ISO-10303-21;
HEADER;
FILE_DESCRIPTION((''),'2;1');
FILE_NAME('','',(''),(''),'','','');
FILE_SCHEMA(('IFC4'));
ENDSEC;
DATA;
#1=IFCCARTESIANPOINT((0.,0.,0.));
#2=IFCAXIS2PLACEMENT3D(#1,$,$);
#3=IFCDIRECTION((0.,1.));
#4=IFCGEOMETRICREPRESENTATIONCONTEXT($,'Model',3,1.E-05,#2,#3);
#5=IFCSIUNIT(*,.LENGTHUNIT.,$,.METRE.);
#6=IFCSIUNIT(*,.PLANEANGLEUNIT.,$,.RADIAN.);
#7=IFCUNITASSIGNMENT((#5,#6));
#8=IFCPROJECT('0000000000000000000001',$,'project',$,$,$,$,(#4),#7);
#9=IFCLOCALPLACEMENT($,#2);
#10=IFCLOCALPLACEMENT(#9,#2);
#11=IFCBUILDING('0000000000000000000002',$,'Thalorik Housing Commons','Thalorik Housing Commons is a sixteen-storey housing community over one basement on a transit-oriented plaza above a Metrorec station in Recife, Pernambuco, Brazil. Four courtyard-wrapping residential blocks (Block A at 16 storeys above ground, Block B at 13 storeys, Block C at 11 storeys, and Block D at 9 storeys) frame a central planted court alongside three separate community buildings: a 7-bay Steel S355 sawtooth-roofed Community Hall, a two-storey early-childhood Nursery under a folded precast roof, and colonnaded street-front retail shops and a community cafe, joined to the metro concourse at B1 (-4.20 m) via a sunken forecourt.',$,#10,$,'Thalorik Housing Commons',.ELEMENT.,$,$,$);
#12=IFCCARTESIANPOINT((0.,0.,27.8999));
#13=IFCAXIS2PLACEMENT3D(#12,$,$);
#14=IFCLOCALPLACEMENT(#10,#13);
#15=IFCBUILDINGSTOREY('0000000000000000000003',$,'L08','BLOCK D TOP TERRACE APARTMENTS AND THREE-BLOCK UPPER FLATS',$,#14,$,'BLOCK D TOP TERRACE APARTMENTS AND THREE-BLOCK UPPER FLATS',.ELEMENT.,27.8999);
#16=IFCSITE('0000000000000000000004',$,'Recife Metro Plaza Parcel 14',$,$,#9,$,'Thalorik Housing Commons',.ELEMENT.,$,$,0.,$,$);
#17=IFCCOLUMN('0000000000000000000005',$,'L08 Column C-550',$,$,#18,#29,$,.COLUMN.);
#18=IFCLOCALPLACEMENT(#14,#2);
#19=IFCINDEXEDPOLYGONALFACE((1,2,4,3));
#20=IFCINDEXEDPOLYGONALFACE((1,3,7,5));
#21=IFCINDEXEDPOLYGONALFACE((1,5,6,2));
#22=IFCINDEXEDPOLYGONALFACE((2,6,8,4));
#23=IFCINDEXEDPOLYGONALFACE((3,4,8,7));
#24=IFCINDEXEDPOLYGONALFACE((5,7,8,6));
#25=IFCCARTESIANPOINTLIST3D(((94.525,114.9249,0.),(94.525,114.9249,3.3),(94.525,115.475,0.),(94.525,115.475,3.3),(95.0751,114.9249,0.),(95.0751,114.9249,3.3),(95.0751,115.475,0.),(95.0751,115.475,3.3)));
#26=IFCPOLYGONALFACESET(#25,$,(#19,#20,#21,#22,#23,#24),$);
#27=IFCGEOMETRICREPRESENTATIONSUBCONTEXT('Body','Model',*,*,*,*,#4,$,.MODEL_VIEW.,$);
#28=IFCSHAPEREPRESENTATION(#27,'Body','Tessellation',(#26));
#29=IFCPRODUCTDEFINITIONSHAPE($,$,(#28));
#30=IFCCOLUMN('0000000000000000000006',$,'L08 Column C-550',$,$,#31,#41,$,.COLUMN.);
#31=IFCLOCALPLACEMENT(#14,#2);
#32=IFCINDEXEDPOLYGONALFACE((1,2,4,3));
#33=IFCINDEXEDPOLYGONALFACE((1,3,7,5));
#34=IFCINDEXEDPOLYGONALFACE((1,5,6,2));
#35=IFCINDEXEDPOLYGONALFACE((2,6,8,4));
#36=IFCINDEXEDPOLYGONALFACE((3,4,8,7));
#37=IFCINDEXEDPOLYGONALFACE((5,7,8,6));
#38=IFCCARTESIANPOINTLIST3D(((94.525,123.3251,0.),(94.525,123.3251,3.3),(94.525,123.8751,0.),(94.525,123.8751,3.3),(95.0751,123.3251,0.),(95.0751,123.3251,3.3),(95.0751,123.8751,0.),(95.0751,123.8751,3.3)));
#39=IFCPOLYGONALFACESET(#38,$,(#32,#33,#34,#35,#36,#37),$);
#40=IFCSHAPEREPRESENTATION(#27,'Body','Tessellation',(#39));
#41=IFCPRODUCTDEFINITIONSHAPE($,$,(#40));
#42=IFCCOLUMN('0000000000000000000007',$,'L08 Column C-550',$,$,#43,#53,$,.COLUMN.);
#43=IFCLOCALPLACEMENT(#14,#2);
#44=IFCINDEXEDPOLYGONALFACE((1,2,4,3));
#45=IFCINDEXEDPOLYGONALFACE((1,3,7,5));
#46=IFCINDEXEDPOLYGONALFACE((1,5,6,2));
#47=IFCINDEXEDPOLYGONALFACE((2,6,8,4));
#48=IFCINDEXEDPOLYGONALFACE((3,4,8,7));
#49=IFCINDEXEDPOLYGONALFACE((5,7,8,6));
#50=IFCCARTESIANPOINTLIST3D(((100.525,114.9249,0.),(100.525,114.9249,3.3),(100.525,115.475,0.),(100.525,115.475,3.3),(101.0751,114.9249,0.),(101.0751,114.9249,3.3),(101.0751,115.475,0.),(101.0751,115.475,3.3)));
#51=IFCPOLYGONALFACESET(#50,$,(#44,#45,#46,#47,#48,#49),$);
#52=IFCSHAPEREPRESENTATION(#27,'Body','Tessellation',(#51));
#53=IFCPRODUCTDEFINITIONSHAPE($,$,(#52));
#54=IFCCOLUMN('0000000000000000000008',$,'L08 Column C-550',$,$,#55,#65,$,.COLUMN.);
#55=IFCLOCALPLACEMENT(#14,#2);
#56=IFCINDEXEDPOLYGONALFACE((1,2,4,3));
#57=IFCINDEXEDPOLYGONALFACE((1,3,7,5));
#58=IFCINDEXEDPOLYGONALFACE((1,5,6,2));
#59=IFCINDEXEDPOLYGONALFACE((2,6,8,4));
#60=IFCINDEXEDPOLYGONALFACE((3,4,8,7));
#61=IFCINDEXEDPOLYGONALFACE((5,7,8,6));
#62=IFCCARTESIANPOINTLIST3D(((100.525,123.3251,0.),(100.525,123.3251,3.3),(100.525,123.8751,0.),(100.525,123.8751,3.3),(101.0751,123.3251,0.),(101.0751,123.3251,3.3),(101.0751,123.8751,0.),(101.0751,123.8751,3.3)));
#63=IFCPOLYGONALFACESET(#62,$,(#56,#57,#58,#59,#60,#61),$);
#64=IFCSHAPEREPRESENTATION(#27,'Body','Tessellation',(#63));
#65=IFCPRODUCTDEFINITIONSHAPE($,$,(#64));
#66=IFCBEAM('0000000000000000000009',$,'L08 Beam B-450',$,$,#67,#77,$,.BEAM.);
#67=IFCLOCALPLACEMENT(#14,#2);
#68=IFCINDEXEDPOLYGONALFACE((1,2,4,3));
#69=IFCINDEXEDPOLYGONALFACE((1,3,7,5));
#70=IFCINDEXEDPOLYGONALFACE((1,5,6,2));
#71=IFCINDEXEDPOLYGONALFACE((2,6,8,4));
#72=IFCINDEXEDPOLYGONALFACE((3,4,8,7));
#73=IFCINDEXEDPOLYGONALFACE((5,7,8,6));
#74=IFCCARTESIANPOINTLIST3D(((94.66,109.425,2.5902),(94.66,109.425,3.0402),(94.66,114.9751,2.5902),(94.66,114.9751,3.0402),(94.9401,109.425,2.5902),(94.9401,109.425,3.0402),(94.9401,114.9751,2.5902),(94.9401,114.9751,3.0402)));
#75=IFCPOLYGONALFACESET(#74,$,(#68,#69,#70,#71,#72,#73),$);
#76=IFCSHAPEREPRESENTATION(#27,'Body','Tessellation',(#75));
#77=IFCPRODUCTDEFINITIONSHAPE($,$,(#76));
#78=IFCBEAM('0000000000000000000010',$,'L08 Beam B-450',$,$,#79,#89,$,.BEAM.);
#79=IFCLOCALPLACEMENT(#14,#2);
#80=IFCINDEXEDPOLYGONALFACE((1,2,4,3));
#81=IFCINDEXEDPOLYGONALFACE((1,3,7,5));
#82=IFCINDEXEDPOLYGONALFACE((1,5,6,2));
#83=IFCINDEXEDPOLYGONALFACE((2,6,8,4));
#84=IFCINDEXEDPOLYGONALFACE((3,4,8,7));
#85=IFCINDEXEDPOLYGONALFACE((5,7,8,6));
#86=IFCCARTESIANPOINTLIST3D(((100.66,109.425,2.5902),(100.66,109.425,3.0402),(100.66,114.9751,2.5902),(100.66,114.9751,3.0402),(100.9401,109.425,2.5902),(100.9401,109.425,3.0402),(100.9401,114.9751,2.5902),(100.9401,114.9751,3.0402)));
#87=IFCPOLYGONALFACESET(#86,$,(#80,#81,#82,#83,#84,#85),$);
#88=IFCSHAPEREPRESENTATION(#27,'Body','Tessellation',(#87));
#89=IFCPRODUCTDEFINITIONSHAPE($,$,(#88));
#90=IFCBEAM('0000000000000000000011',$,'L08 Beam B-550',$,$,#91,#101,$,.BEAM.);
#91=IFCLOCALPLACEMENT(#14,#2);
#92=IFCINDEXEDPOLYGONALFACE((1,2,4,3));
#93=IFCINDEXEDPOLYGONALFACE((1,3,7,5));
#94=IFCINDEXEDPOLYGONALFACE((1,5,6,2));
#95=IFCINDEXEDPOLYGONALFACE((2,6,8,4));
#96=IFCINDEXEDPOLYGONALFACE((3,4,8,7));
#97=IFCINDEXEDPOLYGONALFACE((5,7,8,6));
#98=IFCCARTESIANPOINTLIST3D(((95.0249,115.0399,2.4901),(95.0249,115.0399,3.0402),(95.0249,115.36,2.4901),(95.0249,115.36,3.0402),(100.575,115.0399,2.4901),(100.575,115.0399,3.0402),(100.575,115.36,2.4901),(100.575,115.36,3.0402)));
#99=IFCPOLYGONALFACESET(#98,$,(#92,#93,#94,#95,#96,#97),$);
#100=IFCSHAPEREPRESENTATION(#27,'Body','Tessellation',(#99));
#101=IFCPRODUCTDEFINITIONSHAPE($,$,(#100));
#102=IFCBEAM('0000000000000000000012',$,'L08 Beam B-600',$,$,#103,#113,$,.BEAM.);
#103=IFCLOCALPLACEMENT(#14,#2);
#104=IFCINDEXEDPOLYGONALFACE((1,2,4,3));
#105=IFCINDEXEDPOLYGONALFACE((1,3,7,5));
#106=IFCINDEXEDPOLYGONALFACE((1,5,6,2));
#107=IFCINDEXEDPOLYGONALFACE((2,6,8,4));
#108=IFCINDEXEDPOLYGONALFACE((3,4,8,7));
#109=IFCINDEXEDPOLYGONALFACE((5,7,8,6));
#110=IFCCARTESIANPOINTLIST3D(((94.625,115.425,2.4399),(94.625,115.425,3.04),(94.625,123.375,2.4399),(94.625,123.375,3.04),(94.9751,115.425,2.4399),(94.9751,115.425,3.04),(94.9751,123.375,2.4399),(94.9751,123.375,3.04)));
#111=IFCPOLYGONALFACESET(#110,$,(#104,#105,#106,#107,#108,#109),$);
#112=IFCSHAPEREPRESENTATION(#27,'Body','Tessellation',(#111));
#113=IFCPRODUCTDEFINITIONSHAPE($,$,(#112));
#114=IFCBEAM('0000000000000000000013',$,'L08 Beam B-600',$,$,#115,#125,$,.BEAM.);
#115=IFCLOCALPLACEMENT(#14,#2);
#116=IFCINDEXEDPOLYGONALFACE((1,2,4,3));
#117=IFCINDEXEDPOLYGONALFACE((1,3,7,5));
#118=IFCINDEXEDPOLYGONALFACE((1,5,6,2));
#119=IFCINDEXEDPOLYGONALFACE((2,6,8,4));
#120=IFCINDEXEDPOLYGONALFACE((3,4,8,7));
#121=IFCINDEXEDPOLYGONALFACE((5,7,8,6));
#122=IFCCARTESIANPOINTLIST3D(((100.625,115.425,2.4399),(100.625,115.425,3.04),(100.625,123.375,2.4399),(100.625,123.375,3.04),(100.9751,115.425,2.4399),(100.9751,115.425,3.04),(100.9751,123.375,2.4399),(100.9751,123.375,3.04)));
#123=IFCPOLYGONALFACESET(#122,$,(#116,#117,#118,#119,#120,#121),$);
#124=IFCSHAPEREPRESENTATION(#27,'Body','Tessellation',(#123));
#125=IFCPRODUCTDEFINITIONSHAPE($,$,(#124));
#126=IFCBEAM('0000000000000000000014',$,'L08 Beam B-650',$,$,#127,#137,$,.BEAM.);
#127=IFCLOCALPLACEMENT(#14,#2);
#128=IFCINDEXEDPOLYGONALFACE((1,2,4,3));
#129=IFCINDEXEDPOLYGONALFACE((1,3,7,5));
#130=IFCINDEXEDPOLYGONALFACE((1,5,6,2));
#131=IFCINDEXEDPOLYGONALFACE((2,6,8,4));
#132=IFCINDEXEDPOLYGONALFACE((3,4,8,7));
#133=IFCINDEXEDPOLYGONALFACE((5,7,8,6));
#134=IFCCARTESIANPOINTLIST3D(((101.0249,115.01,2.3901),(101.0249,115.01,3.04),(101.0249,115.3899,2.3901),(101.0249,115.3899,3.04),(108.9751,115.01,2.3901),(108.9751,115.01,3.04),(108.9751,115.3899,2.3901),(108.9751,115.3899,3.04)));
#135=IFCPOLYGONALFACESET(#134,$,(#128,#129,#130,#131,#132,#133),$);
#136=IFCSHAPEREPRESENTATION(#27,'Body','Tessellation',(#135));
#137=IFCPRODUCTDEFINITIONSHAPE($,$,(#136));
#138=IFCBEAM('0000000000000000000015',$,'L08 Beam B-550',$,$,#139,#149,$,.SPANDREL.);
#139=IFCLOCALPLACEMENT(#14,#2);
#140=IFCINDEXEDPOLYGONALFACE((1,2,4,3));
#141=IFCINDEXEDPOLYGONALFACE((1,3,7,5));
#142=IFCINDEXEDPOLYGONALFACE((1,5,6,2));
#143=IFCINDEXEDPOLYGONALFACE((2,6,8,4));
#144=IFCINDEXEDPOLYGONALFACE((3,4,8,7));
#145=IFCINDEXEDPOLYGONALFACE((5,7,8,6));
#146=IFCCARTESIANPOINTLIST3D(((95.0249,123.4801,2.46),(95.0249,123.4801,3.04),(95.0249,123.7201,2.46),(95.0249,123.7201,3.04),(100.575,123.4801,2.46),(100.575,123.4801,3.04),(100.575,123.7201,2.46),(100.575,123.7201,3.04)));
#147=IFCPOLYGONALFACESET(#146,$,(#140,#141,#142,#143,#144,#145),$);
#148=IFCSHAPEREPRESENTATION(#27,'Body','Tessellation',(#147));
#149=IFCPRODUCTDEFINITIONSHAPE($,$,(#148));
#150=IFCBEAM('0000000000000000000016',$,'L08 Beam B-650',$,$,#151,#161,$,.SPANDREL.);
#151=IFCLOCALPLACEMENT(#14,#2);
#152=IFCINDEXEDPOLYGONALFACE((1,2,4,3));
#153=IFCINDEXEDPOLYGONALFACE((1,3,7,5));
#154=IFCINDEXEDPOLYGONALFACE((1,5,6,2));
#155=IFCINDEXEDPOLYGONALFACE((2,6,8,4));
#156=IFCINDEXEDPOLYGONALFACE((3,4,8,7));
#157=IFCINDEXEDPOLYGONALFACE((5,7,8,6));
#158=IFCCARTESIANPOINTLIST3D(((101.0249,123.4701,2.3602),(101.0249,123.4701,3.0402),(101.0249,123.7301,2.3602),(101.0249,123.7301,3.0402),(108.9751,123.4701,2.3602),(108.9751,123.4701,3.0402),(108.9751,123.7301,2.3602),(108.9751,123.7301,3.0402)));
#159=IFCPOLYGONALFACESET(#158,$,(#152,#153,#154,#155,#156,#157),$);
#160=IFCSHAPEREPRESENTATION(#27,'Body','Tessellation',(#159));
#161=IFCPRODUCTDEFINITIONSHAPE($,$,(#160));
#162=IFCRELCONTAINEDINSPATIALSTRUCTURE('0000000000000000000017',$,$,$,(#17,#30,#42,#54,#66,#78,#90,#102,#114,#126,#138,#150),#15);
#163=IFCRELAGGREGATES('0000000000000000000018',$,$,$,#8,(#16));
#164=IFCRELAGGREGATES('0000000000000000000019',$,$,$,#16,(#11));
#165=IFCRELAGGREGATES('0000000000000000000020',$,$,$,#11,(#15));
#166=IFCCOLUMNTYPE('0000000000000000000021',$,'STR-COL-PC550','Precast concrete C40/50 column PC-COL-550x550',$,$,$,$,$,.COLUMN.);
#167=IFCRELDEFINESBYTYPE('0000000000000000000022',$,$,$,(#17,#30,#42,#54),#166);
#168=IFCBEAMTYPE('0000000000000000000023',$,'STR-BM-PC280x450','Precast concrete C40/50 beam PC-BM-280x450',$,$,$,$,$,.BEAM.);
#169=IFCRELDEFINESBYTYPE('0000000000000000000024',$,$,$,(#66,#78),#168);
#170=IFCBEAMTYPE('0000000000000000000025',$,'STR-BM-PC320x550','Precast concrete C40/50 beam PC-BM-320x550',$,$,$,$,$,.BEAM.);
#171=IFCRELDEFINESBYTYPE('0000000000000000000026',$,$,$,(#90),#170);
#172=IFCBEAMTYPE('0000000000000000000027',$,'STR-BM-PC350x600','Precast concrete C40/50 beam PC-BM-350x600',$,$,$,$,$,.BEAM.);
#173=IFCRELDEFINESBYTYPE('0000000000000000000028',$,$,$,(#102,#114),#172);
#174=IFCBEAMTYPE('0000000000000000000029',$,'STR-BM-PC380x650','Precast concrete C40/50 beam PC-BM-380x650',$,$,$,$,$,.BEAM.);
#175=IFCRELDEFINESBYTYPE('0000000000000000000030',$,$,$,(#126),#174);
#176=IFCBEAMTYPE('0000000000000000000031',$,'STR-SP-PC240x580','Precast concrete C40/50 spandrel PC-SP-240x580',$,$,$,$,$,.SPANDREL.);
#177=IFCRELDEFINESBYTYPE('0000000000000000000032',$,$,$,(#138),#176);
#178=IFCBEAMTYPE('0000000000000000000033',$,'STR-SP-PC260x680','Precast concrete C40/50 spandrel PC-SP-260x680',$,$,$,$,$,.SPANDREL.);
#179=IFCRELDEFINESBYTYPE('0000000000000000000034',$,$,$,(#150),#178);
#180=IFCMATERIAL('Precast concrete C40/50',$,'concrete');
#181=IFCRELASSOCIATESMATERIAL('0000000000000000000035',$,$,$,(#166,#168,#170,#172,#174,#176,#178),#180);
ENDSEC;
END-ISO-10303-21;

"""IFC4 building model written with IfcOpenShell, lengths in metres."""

from ifc_helpers import new_model, si_unit, direction, frame, origin, origin_2d, place, context, subcontext, project, spatial, rectangle, extrude, material, material_profile, profile_set, type_object, element, save


model = new_model("IFC4")

# Units and contexts
model_context = context("Model", 3, precision=1e-05, world=origin(), true_north=direction((0.0, 1.0)))
body_context = subcontext(model_context, "Body", "Model", "MODEL_VIEW")
ifc_project = project(units=[si_unit("LENGTHUNIT", "METRE"), si_unit("PLANEANGLEUNIT", "RADIAN")], contexts=[model_context])

# Site, building, storey
site_placement = place(None, origin())
site = spatial("IfcSite", under=ifc_project, at=site_placement, Name="Recife Metro Plaza Parcel 14", LongName="Thalorik Housing Commons", CompositionType="ELEMENT", RefElevation=0.0)
building_placement = place(site_placement, origin())
building = spatial("IfcBuilding", under=site, at=building_placement, Name="Thalorik Housing Commons", Description="Thalorik Housing Commons is a sixteen-storey housing community over one basement on a transit-oriented plaza above a Metrorec station in Recife, Pernambuco, Brazil. Four courtyard-wrapping residential blocks (Block A at 16 storeys above ground, Block B at 13 storeys, Block C at 11 storeys, and Block D at 9 storeys) frame a central planted court alongside three separate community buildings: a 7-bay Steel S355 sawtooth-roofed Community Hall, a two-storey early-childhood Nursery under a folded precast roof, and colonnaded street-front retail shops and a community cafe, joined to the metro concourse at B1 (-4.20 m) via a sunken forecourt.", LongName="Thalorik Housing Commons", CompositionType="ELEMENT")
storey_placement = place(building_placement, frame((0.0, 0.0, 27.8999)))
storey = spatial("IfcBuildingStorey", under=building, at=storey_placement, Name="L08", Description="BLOCK D TOP TERRACE APARTMENTS AND THREE-BLOCK UPPER FLATS", LongName="BLOCK D TOP TERRACE APARTMENTS AND THREE-BLOCK UPPER FLATS", CompositionType="ELEMENT", Elevation=27.8999)

# Columns
ifc_material_1 = material(Name="Precast concrete C40/50", Category="concrete")
ifc_material_profile_1 = material_profile(ifc_material_1, rectangle(XDim=0.55, YDim=0.55, at=origin_2d()), Name="PC 550x550", Category="concrete")
ifc_profile_set_1 = profile_set([ifc_material_profile_1], Name="Precast concrete C40/50")
column_type = type_object("IfcColumnType", Name="STR-COL-PC550", Description="Precast concrete C40/50 column PC-COL-550x550", PredefinedType="COLUMN", material=ifc_profile_set_1)
for number, where, z_axis, x_axis, name in (
    (1, (94.8, 115.2, 0.0), (0.0, 0.0, 1.0), (1.0, 0.0, 0.0), "L08 Column C-550"),
    (2, (94.8, 123.6001, 0.0), (0.0, 0.0, 1.0), (1.0, 0.0, 0.0), "L08 Column C-550"),
    (3, (100.8, 115.2, 0.0), (0.0, 0.0, 1.0), (1.0, 0.0, 0.0), "L08 Column C-550"),
    (4, (100.8, 123.6001, 0.0), (0.0, 0.0, 1.0), (1.0, 0.0, 0.0), "L08 Column C-550"),
):
    element("IfcColumn", number, at=place(storey_placement, frame(where, z_axis=z_axis, x_axis=x_axis)), inside=storey, type_object=column_type, Name=name, PredefinedType="COLUMN", context=body_context, shape_type="SweptSolid", body=[
        extrude(rectangle(XDim=0.55, YDim=0.55, at=origin_2d()), origin(), (0.0, 0.0, 1.0), 3.3),
    ])

# Beams
ifc_material_profile_2 = material_profile(ifc_material_1, rectangle(XDim=0.28, YDim=0.45, at=origin_2d()), Name="PC 280x450", Category="concrete")
ifc_profile_set_2 = profile_set([ifc_material_profile_2], Name="Precast concrete C40/50")
beam_type_1 = type_object("IfcBeamType", Name="STR-BM-PC280x450", Description="Precast concrete C40/50 beam PC-BM-280x450", PredefinedType="BEAM", material=ifc_profile_set_2)
for number, where, z_axis, x_axis, name in (
    (5, (94.8, 109.425, 2.8152), (0.0, 1.0, 0.0), (-1.0, 0.0, 0.0), "L08 Beam B-450"),
    (6, (100.8, 109.425, 2.8152), (0.0, 1.0, 0.0), (-1.0, 0.0, 0.0), "L08 Beam B-450"),
):
    element("IfcBeam", number, at=place(storey_placement, frame(where, z_axis=z_axis, x_axis=x_axis)), inside=storey, type_object=beam_type_1, Name=name, PredefinedType="BEAM", context=body_context, shape_type="SweptSolid", body=[
        extrude(rectangle(XDim=0.28, YDim=0.45, at=origin_2d()), origin(), (0.0, 0.0, 1.0), 5.55),
    ])
ifc_material_profile_3 = material_profile(ifc_material_1, rectangle(XDim=0.3201, YDim=0.55, at=origin_2d()), Name="PC 320x550", Category="concrete")
ifc_profile_set_3 = profile_set([ifc_material_profile_3], Name="Precast concrete C40/50")
beam_type_2 = type_object("IfcBeamType", Name="STR-BM-PC320x550", Description="Precast concrete C40/50 beam PC-BM-320x550", PredefinedType="BEAM", material=ifc_profile_set_3)
beam_1_placement = place(storey_placement, frame((95.0249, 115.2, 2.7651), z_axis=(1.0, 0.0, 0.0), x_axis=(0.0, 1.0, 0.0)))
element("IfcBeam", 7, at=beam_1_placement, inside=storey, type_object=beam_type_2, Name="L08 Beam B-550", PredefinedType="BEAM", context=body_context, shape_type="SweptSolid", body=[
    extrude(rectangle(XDim=0.3201, YDim=0.55, at=origin_2d()), origin(), (0.0, 0.0, 1.0), 5.55),
])
ifc_material_profile_4 = material_profile(ifc_material_1, rectangle(XDim=0.3501, YDim=0.6001, at=origin_2d()), Name="PC 350x600", Category="concrete")
ifc_profile_set_4 = profile_set([ifc_material_profile_4], Name="Precast concrete C40/50")
beam_type_3 = type_object("IfcBeamType", Name="STR-BM-PC350x600", Description="Precast concrete C40/50 beam PC-BM-350x600", PredefinedType="BEAM", material=ifc_profile_set_4)
for number, where, z_axis, x_axis, name in (
    (8, (94.8, 115.425, 2.74), (0.0, 1.0, 0.0), (-1.0, 0.0, 0.0), "L08 Beam B-600"),
    (9, (100.8, 115.425, 2.74), (0.0, 1.0, 0.0), (-1.0, 0.0, 0.0), "L08 Beam B-600"),
):
    element("IfcBeam", number, at=place(storey_placement, frame(where, z_axis=z_axis, x_axis=x_axis)), inside=storey, type_object=beam_type_3, Name=name, PredefinedType="BEAM", context=body_context, shape_type="SweptSolid", body=[
        extrude(rectangle(XDim=0.3501, YDim=0.6001, at=origin_2d()), origin(), (0.0, 0.0, 1.0), 7.95),
    ])
ifc_material_profile_5 = material_profile(ifc_material_1, rectangle(XDim=0.3799, YDim=0.6499, at=origin_2d()), Name="PC 380x650", Category="concrete")
ifc_profile_set_5 = profile_set([ifc_material_profile_5], Name="Precast concrete C40/50")
beam_type_4 = type_object("IfcBeamType", Name="STR-BM-PC380x650", Description="Precast concrete C40/50 beam PC-BM-380x650", PredefinedType="BEAM", material=ifc_profile_set_5)
beam_2_placement = place(storey_placement, frame((101.0249, 115.2, 2.7151), z_axis=(1.0, 0.0, 0.0), x_axis=(0.0, 1.0, 0.0)))
element("IfcBeam", 10, at=beam_2_placement, inside=storey, type_object=beam_type_4, Name="L08 Beam B-650", PredefinedType="BEAM", context=body_context, shape_type="SweptSolid", body=[
    extrude(rectangle(XDim=0.3799, YDim=0.6499, at=origin_2d()), origin(), (0.0, 0.0, 1.0), 7.9502),
])
ifc_material_profile_6 = material_profile(ifc_material_1, rectangle(XDim=0.24, YDim=0.5801, at=origin_2d()), Name="PC SP 240x580", Category="concrete")
ifc_profile_set_6 = profile_set([ifc_material_profile_6], Name="Precast concrete C40/50")
beam_type_5 = type_object("IfcBeamType", Name="STR-SP-PC240x580", Description="Precast concrete C40/50 spandrel PC-SP-240x580", PredefinedType="SPANDREL", material=ifc_profile_set_6)
beam_3_placement = place(storey_placement, frame((95.0249, 123.6001, 2.75), z_axis=(1.0, 0.0, 0.0), x_axis=(0.0, 1.0, 0.0)))
element("IfcBeam", 11, at=beam_3_placement, inside=storey, type_object=beam_type_5, Name="L08 Beam B-550", PredefinedType="SPANDREL", context=body_context, shape_type="SweptSolid", body=[
    extrude(rectangle(XDim=0.24, YDim=0.5801, at=origin_2d()), origin(), (0.0, 0.0, 1.0), 5.55),
])
ifc_material_profile_7 = material_profile(ifc_material_1, rectangle(XDim=0.26, YDim=0.6799, at=origin_2d()), Name="PC SP 260x680", Category="concrete")
ifc_profile_set_7 = profile_set([ifc_material_profile_7], Name="Precast concrete C40/50")
beam_type_6 = type_object("IfcBeamType", Name="STR-SP-PC260x680", Description="Precast concrete C40/50 spandrel PC-SP-260x680", PredefinedType="SPANDREL", material=ifc_profile_set_7)
beam_4_placement = place(storey_placement, frame((101.0249, 123.6001, 2.7002), z_axis=(1.0, 0.0, 0.0), x_axis=(0.0, 1.0, 0.0)))
element("IfcBeam", 12, at=beam_4_placement, inside=storey, type_object=beam_type_6, Name="L08 Beam B-650", PredefinedType="SPANDREL", context=body_context, shape_type="SweptSolid", body=[
    extrude(rectangle(XDim=0.26, YDim=0.6799, at=origin_2d()), origin(), (0.0, 0.0, 1.0), 7.9502),
])

save(model, "model.ifc")
